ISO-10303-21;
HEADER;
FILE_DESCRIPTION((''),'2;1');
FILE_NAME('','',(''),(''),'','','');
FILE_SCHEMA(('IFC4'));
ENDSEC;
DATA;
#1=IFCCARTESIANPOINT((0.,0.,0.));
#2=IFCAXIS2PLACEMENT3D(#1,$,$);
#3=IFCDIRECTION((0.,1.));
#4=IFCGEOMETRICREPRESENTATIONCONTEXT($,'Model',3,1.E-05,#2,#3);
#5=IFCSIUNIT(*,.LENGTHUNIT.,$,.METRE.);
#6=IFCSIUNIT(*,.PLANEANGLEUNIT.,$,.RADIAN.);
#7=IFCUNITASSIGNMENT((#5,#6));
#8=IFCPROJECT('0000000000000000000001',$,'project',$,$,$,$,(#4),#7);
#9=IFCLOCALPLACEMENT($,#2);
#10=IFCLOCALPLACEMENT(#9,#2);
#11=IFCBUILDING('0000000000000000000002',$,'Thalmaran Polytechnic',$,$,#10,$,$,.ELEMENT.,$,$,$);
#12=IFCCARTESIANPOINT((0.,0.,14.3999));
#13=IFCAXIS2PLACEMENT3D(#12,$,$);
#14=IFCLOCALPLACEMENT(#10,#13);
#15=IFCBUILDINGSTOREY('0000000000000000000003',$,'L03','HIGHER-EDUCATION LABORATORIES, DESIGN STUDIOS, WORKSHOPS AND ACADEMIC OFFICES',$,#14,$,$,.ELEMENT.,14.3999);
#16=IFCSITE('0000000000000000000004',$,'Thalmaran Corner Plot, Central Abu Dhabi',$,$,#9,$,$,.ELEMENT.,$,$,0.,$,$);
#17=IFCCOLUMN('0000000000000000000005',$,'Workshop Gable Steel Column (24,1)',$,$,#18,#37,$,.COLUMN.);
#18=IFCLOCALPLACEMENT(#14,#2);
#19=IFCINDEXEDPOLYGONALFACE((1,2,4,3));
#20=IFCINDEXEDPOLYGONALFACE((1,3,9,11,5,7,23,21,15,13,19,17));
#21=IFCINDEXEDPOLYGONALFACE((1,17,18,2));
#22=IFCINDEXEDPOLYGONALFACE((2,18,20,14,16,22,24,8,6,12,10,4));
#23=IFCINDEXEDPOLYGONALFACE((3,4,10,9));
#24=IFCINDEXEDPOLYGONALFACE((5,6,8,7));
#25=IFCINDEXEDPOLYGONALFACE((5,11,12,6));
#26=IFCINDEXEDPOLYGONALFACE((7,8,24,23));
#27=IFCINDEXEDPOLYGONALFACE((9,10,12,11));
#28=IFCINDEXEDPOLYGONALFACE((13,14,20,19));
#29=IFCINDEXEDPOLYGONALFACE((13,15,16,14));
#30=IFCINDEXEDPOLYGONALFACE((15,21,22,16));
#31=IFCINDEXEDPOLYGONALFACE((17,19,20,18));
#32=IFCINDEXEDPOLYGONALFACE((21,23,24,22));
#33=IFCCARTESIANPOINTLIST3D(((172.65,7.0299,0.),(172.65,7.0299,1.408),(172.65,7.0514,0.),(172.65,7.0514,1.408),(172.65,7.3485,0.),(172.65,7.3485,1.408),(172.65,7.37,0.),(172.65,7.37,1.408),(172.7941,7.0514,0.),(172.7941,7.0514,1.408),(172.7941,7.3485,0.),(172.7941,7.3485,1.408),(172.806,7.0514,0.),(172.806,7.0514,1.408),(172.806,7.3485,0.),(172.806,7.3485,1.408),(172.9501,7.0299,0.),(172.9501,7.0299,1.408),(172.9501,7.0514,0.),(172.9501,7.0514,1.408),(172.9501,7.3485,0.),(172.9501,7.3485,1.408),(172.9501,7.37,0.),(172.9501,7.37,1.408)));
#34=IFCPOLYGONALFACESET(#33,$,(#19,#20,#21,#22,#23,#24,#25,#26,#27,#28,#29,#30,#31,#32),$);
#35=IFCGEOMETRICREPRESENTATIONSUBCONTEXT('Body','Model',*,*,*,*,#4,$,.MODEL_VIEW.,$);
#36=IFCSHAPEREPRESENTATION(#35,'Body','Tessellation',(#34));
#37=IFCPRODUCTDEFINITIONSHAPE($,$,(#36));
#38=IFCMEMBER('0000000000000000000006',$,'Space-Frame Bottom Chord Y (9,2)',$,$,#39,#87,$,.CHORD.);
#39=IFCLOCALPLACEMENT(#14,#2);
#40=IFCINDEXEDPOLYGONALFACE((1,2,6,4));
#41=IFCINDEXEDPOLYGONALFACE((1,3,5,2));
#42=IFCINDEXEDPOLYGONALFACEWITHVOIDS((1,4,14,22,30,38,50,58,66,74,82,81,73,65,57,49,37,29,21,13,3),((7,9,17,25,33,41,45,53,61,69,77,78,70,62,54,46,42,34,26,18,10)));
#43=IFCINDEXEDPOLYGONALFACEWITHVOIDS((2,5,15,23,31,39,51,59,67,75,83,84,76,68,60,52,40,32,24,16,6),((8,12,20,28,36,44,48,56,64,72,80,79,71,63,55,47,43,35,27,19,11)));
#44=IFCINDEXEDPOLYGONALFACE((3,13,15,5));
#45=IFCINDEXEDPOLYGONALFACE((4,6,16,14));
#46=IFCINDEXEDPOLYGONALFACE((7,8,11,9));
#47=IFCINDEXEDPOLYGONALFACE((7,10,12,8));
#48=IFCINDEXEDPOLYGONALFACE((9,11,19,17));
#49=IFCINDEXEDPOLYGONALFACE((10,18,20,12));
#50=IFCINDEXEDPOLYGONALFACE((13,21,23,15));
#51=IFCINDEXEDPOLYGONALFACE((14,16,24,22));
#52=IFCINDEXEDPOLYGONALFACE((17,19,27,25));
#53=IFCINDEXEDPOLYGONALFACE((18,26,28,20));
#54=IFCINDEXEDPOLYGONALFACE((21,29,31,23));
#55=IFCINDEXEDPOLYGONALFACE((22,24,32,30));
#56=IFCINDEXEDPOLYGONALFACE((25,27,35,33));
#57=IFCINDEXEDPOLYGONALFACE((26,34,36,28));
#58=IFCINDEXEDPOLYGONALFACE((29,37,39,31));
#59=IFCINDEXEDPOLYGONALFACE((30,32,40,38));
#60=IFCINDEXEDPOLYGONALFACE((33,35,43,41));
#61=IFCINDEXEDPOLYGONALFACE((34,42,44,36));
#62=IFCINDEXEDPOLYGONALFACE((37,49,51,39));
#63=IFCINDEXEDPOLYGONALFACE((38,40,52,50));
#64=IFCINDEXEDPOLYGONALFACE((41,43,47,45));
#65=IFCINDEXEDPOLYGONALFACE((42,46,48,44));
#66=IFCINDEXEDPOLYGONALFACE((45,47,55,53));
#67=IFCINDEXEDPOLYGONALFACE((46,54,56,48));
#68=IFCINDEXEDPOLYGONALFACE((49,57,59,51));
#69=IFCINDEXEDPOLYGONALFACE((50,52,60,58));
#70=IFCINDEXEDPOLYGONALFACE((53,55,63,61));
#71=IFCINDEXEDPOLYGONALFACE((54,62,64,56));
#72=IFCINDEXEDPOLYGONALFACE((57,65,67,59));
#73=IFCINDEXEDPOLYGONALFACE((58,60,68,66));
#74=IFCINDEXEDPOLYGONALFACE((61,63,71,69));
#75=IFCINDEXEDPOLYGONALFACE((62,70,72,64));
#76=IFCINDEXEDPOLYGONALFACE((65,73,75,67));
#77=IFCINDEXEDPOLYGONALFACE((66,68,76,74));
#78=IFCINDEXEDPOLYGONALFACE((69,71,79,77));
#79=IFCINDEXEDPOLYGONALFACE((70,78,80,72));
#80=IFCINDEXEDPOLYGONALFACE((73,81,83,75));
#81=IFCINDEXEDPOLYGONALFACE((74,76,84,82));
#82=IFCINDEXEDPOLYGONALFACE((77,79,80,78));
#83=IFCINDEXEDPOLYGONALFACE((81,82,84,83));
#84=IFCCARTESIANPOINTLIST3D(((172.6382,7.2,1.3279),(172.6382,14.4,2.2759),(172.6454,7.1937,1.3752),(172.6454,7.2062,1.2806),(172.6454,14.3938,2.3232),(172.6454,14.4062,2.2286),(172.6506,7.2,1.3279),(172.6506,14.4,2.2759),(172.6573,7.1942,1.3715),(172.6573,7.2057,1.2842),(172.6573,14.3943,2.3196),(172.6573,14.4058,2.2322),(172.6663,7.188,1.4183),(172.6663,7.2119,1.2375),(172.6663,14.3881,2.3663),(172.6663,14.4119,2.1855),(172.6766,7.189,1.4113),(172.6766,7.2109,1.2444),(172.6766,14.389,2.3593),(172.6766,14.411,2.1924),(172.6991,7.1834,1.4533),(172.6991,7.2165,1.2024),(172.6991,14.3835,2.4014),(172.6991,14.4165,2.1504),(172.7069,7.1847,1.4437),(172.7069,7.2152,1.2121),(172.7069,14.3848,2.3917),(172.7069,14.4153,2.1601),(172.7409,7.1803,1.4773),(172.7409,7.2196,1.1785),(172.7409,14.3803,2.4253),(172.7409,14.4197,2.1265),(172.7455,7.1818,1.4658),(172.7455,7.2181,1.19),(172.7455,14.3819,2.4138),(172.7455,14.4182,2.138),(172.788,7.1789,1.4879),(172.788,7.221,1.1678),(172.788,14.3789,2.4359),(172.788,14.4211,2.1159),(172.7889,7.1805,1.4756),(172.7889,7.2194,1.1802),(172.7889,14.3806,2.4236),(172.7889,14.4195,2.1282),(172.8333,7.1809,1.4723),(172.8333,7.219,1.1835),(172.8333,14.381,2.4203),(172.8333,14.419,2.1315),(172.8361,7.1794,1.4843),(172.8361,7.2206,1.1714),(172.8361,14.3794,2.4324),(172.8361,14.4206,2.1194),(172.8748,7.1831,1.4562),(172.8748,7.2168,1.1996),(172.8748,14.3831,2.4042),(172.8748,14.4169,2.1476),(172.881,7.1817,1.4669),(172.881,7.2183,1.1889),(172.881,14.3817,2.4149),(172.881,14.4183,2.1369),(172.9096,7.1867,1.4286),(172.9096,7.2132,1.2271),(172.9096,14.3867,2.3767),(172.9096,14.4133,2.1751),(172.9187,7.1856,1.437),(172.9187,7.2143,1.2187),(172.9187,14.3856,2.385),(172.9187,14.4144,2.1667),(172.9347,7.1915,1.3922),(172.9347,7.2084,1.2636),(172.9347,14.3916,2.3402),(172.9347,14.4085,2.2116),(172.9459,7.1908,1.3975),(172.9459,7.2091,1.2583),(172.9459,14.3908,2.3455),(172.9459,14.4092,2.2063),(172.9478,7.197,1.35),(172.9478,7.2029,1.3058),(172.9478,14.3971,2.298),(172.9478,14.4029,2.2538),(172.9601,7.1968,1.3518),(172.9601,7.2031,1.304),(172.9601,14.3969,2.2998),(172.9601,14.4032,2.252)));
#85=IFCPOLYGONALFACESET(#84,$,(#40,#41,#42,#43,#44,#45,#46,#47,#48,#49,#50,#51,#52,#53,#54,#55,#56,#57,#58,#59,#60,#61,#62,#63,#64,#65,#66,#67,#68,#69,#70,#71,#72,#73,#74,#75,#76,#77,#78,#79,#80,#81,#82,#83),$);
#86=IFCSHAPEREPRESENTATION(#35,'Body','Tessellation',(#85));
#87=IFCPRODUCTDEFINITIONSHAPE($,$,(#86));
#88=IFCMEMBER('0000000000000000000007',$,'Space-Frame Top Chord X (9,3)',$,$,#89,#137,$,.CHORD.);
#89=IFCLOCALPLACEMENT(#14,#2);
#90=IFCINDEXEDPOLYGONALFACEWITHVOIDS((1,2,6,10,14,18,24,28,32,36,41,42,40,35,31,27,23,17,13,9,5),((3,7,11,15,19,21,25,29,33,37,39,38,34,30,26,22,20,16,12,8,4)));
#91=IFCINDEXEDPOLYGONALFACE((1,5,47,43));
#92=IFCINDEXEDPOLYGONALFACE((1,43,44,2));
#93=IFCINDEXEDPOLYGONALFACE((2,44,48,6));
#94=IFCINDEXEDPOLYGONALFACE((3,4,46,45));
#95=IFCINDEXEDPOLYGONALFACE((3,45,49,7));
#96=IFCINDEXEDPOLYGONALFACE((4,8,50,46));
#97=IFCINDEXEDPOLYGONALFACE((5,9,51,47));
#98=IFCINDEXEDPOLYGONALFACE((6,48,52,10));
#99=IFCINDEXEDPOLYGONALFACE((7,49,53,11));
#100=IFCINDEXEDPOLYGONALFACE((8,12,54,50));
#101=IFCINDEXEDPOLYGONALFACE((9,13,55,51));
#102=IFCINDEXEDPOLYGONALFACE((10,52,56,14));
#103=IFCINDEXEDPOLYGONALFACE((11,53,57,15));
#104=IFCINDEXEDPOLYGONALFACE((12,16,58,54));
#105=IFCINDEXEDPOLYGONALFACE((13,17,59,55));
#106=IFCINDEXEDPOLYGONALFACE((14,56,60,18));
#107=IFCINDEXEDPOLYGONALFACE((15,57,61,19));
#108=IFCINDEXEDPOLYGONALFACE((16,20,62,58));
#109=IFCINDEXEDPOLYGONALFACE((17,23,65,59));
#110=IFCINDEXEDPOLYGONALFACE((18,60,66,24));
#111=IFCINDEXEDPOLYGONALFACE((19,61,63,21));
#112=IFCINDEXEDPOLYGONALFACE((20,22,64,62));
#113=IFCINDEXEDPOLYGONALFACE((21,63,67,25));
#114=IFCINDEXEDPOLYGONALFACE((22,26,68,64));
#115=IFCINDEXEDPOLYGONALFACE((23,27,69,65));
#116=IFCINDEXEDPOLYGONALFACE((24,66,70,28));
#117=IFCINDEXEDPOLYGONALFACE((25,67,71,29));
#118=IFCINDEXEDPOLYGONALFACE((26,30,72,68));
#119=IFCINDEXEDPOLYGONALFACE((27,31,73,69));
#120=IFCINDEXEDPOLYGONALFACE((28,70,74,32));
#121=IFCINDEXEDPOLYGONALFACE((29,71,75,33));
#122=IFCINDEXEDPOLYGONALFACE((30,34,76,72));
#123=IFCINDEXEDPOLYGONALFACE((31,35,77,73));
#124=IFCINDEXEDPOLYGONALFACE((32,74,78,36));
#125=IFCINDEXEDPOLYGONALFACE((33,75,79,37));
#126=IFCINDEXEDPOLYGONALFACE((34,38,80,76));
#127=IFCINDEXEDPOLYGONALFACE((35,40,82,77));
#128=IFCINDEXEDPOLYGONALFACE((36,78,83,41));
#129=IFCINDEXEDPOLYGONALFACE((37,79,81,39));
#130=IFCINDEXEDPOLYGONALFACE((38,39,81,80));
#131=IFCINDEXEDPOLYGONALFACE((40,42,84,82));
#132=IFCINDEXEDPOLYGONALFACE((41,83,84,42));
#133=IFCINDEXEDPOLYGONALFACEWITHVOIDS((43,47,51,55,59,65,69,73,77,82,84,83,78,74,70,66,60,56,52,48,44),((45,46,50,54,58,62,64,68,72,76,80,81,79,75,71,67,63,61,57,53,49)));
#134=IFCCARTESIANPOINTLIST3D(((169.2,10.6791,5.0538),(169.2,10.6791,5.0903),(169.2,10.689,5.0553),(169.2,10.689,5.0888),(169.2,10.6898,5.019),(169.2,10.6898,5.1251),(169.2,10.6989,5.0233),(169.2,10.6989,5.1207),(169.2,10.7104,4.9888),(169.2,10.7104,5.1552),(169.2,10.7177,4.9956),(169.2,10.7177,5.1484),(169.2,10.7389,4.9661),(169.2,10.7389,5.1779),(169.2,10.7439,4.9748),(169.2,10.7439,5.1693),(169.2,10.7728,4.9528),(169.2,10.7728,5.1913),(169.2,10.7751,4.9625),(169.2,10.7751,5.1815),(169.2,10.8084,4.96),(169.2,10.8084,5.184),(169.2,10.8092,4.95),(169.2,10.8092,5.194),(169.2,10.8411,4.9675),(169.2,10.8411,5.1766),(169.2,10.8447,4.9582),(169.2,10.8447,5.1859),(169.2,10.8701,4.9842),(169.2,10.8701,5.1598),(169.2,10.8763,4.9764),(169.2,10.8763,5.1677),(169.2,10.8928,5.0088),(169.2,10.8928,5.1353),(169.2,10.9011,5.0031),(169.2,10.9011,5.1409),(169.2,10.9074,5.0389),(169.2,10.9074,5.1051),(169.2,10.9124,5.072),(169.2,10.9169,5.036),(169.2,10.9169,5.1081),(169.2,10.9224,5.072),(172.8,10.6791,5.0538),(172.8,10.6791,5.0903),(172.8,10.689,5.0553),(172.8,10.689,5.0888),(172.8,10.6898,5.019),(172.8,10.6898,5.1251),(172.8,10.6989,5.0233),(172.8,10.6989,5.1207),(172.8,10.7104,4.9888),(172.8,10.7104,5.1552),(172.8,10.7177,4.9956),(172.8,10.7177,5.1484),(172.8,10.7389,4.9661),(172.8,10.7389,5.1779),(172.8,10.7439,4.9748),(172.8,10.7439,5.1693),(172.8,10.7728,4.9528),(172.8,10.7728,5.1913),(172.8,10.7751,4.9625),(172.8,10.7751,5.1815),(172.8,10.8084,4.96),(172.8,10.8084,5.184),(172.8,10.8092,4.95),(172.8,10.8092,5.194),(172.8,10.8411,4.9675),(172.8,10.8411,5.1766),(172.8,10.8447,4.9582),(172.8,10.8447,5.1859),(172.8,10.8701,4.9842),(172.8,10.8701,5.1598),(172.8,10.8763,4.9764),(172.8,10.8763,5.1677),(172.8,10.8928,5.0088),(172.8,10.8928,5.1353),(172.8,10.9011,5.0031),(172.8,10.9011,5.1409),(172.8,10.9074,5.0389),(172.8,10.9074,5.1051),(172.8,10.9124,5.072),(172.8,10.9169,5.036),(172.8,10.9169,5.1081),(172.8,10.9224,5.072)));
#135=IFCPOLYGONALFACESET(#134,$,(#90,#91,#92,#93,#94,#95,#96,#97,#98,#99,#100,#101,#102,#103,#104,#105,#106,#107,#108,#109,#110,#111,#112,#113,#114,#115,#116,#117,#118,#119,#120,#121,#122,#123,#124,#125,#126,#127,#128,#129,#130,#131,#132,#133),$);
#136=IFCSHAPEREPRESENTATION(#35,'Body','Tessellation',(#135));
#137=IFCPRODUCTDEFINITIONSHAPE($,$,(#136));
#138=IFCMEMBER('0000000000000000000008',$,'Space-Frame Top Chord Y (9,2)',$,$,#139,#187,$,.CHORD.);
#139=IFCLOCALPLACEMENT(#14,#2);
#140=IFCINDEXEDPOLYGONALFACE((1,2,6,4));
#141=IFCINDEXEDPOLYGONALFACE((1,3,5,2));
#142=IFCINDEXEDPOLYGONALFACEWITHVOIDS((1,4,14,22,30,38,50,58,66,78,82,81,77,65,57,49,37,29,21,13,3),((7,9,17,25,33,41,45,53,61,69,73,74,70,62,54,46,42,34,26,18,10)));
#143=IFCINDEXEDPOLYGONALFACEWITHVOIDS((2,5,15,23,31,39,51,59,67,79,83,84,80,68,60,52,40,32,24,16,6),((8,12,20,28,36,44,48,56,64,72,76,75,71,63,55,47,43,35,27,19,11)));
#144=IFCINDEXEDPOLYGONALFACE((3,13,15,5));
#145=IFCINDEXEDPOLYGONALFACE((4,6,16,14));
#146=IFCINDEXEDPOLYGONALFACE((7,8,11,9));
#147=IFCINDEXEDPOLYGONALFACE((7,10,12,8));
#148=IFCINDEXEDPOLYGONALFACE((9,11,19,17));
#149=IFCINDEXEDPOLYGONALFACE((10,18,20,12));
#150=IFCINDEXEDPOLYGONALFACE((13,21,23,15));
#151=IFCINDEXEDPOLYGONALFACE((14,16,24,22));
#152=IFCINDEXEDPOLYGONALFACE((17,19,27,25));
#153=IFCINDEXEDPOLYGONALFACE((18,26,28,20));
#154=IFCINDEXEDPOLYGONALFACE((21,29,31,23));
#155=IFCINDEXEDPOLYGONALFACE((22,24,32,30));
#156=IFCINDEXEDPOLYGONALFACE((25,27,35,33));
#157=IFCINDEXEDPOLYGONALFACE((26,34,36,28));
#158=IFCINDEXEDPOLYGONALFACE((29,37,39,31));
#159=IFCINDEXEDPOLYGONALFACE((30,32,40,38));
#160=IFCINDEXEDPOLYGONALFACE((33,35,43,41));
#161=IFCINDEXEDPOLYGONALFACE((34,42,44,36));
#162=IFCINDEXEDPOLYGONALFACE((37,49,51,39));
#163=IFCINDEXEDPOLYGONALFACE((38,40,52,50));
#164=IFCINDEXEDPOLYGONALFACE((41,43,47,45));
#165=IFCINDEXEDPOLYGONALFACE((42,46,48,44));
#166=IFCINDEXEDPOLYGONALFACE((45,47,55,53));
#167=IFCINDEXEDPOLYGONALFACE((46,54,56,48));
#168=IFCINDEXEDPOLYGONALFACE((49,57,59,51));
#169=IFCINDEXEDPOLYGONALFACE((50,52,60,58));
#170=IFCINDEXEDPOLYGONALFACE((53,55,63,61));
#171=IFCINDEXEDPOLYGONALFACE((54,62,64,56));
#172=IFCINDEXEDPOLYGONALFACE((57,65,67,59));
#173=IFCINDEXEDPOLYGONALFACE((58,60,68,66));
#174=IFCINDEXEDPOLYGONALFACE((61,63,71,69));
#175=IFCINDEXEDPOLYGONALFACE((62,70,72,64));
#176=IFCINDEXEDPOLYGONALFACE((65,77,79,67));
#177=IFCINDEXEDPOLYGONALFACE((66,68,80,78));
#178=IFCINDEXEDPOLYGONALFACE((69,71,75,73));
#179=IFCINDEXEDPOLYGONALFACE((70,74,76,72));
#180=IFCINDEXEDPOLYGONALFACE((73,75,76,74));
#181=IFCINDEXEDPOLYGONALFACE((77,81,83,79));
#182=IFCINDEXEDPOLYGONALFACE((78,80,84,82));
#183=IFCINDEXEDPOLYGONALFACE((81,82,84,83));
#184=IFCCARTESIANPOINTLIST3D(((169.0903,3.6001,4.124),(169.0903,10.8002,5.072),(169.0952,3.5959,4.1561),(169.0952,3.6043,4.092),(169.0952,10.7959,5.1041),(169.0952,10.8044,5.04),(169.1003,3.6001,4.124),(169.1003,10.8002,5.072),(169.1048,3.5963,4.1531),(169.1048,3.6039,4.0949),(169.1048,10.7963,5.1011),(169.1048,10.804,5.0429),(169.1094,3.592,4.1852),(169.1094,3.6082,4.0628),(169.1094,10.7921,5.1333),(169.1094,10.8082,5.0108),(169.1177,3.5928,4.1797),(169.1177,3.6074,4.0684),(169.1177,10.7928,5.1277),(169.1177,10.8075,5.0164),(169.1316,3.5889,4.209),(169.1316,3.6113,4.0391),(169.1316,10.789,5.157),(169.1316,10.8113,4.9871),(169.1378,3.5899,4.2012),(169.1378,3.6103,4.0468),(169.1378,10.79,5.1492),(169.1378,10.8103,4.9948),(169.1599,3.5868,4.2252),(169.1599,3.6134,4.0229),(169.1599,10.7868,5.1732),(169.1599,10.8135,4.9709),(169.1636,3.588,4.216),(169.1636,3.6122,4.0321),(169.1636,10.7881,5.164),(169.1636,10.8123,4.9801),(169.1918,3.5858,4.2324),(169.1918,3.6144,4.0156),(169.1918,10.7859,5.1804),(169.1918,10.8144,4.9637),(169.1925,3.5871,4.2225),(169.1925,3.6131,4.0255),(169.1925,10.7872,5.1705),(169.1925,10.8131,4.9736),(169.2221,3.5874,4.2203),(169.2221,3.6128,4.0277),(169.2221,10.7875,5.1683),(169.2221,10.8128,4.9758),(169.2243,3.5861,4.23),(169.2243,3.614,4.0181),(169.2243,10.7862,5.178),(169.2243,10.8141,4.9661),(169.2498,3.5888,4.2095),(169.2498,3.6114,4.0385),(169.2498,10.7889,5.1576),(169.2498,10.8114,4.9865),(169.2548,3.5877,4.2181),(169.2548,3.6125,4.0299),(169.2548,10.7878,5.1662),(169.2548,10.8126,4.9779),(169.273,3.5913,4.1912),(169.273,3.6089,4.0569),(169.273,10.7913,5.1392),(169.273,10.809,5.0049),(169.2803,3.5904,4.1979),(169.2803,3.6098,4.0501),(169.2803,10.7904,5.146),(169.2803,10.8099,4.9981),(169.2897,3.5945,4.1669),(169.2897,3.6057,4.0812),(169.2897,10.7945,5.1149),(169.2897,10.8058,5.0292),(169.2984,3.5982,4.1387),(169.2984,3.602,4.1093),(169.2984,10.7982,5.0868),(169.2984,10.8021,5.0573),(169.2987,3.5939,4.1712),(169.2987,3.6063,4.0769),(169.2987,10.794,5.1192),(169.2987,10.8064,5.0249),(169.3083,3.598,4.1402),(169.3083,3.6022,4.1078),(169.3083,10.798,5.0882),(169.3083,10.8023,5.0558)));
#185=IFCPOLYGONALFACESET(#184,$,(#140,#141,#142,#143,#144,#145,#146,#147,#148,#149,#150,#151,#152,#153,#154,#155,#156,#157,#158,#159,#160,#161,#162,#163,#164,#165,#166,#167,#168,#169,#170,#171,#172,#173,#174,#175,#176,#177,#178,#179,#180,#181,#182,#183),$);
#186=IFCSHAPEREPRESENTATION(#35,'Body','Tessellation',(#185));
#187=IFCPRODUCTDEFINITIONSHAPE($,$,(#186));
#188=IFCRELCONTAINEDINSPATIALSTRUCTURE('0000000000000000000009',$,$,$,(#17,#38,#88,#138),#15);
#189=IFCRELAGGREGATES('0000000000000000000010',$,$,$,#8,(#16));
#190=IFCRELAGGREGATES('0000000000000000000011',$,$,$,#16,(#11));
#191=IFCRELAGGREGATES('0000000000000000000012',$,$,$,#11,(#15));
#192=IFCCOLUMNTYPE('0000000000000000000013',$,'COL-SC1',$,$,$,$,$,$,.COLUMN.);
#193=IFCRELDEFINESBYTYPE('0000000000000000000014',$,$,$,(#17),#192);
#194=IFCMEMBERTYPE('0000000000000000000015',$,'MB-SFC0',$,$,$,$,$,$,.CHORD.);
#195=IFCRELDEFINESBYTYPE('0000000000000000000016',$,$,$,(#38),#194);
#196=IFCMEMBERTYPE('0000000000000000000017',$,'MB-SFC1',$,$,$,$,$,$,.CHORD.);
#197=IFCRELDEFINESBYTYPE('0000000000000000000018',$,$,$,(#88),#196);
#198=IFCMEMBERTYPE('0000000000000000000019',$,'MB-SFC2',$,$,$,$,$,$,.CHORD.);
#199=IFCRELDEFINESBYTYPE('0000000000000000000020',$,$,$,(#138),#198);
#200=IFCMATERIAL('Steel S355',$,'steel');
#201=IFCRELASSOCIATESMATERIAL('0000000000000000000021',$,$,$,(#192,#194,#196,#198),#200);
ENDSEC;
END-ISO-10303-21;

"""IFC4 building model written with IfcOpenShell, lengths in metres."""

from ifc_helpers import new_model, si_unit, direction, frame, origin, origin_2d, place, context, subcontext, project, spatial, hollow_circle, i_section, extrude, material, material_profile, profile_set, type_object, element, save


model = new_model("IFC4")

# Units and contexts
model_context = context("Model", 3, precision=1e-05, world=origin(), true_north=direction((0.0, 1.0)))
body_context = subcontext(model_context, "Body", "Model", "MODEL_VIEW")
ifc_project = project(units=[si_unit("LENGTHUNIT", "METRE"), si_unit("PLANEANGLEUNIT", "RADIAN")], contexts=[model_context])

# Site, building, storey
site_placement = place(None, origin())
site = spatial("IfcSite", under=ifc_project, at=site_placement, Name="Thalmaran Corner Plot, Central Abu Dhabi", CompositionType="ELEMENT", RefElevation=0.0)
building_placement = place(site_placement, origin())
building = spatial("IfcBuilding", under=site, at=building_placement, Name="Thalmaran Polytechnic", CompositionType="ELEMENT")
storey_placement = place(building_placement, frame((0.0, 0.0, 14.3999)))
storey = spatial("IfcBuildingStorey", under=building, at=storey_placement, Name="L03", Description="HIGHER-EDUCATION LABORATORIES, DESIGN STUDIOS, WORKSHOPS AND ACADEMIC OFFICES", CompositionType="ELEMENT", Elevation=14.3999)

# Column
ifc_material_1 = material(Name="Steel S355", Category="steel")
ifc_material_profile_1 = material_profile(ifc_material_1, i_section(OverallWidth=0.3, OverallDepth=0.3401, WebThickness=0.012, FlangeThickness=0.0215, at=origin_2d()), Name="HEB 340")
ifc_profile_set_1 = profile_set([ifc_material_profile_1], Name="Steel S355")
column_type = type_object("IfcColumnType", Name="COL-SC1", PredefinedType="COLUMN", material=ifc_profile_set_1)
column_placement = place(storey_placement, frame((172.8, 7.2, 0.0), z_axis=(0.0, 0.0, 1.0), x_axis=(1.0, 0.0, 0.0)))
element("IfcColumn", 1, at=column_placement, inside=storey, type_object=column_type, Name="Workshop Gable Steel Column (24,1)", PredefinedType="COLUMN", context=body_context, shape_type="SweptSolid", body=[
    extrude(i_section(OverallWidth=0.3, OverallDepth=0.3401, WebThickness=0.012, FlangeThickness=0.0215, at=origin_2d()), origin(), (0.0, 0.0, 1.0), 1.408),
])

# Members
ifc_material_profile_2 = material_profile(ifc_material_1, hollow_circle(Radius=0.1619, WallThickness=0.0125, at=origin_2d()), Name="CHS 323.9x12.5")
ifc_profile_set_2 = profile_set([ifc_material_profile_2], Name="Steel S355")
member_type_1 = type_object("IfcMemberType", Name="MB-SFC0", PredefinedType="CHORD", material=ifc_profile_set_2)
member_1_placement = place(storey_placement, frame((172.8, 7.2, 1.3279), z_axis=(0.0, 0.991443, 0.130541), x_axis=(-1.0, 0.0, 0.0)))
element("IfcMember", 2, at=member_1_placement, inside=storey, type_object=member_type_1, Name="Space-Frame Bottom Chord Y (9,2)", PredefinedType="CHORD", context=body_context, shape_type="SweptSolid", body=[
    extrude(hollow_circle(Radius=0.1619, WallThickness=0.0125, at=origin_2d()), origin(), (0.0, 0.0, 1.0), 7.2622),
])
ifc_material_profile_3 = material_profile(ifc_material_1, hollow_circle(Radius=0.1223, WallThickness=0.01, at=origin_2d()), Name="CHS 244.5x10.0")
ifc_profile_set_3 = profile_set([ifc_material_profile_3], Name="Steel S355")
member_type_2 = type_object("IfcMemberType", Name="MB-SFC1", PredefinedType="CHORD", material=ifc_profile_set_3)
member_2_placement = place(storey_placement, frame((169.2, 10.8, 5.072), z_axis=(1.0, 0.0, 0.0), x_axis=(0.0, 1.0, 0.0)))
element("IfcMember", 3, at=member_2_placement, inside=storey, type_object=member_type_2, Name="Space-Frame Top Chord X (9,3)", PredefinedType="CHORD", context=body_context, shape_type="SweptSolid", body=[
    extrude(hollow_circle(Radius=0.1223, WallThickness=0.01, at=origin_2d()), origin(), (0.0, 0.0, 1.0), 3.6001),
])
ifc_material_profile_4 = material_profile(ifc_material_1, hollow_circle(Radius=0.1096, WallThickness=0.01, at=origin_2d()), Name="CHS 219.1x10.0")
ifc_profile_set_4 = profile_set([ifc_material_profile_4], Name="Steel S355")
member_type_3 = type_object("IfcMemberType", Name="MB-SFC2", PredefinedType="CHORD", material=ifc_profile_set_4)
member_3_placement = place(storey_placement, frame((169.2, 3.6001, 4.124), z_axis=(0.0, 0.991443, 0.130541), x_axis=(-1.0, 0.0, 0.0)))
element("IfcMember", 4, at=member_3_placement, inside=storey, type_object=member_type_3, Name="Space-Frame Top Chord Y (9,2)", PredefinedType="CHORD", context=body_context, shape_type="SweptSolid", body=[
    extrude(hollow_circle(Radius=0.1096, WallThickness=0.01, at=origin_2d()), origin(), (0.0, 0.0, 1.0), 7.2622),
])

save(model, "model.ifc")
